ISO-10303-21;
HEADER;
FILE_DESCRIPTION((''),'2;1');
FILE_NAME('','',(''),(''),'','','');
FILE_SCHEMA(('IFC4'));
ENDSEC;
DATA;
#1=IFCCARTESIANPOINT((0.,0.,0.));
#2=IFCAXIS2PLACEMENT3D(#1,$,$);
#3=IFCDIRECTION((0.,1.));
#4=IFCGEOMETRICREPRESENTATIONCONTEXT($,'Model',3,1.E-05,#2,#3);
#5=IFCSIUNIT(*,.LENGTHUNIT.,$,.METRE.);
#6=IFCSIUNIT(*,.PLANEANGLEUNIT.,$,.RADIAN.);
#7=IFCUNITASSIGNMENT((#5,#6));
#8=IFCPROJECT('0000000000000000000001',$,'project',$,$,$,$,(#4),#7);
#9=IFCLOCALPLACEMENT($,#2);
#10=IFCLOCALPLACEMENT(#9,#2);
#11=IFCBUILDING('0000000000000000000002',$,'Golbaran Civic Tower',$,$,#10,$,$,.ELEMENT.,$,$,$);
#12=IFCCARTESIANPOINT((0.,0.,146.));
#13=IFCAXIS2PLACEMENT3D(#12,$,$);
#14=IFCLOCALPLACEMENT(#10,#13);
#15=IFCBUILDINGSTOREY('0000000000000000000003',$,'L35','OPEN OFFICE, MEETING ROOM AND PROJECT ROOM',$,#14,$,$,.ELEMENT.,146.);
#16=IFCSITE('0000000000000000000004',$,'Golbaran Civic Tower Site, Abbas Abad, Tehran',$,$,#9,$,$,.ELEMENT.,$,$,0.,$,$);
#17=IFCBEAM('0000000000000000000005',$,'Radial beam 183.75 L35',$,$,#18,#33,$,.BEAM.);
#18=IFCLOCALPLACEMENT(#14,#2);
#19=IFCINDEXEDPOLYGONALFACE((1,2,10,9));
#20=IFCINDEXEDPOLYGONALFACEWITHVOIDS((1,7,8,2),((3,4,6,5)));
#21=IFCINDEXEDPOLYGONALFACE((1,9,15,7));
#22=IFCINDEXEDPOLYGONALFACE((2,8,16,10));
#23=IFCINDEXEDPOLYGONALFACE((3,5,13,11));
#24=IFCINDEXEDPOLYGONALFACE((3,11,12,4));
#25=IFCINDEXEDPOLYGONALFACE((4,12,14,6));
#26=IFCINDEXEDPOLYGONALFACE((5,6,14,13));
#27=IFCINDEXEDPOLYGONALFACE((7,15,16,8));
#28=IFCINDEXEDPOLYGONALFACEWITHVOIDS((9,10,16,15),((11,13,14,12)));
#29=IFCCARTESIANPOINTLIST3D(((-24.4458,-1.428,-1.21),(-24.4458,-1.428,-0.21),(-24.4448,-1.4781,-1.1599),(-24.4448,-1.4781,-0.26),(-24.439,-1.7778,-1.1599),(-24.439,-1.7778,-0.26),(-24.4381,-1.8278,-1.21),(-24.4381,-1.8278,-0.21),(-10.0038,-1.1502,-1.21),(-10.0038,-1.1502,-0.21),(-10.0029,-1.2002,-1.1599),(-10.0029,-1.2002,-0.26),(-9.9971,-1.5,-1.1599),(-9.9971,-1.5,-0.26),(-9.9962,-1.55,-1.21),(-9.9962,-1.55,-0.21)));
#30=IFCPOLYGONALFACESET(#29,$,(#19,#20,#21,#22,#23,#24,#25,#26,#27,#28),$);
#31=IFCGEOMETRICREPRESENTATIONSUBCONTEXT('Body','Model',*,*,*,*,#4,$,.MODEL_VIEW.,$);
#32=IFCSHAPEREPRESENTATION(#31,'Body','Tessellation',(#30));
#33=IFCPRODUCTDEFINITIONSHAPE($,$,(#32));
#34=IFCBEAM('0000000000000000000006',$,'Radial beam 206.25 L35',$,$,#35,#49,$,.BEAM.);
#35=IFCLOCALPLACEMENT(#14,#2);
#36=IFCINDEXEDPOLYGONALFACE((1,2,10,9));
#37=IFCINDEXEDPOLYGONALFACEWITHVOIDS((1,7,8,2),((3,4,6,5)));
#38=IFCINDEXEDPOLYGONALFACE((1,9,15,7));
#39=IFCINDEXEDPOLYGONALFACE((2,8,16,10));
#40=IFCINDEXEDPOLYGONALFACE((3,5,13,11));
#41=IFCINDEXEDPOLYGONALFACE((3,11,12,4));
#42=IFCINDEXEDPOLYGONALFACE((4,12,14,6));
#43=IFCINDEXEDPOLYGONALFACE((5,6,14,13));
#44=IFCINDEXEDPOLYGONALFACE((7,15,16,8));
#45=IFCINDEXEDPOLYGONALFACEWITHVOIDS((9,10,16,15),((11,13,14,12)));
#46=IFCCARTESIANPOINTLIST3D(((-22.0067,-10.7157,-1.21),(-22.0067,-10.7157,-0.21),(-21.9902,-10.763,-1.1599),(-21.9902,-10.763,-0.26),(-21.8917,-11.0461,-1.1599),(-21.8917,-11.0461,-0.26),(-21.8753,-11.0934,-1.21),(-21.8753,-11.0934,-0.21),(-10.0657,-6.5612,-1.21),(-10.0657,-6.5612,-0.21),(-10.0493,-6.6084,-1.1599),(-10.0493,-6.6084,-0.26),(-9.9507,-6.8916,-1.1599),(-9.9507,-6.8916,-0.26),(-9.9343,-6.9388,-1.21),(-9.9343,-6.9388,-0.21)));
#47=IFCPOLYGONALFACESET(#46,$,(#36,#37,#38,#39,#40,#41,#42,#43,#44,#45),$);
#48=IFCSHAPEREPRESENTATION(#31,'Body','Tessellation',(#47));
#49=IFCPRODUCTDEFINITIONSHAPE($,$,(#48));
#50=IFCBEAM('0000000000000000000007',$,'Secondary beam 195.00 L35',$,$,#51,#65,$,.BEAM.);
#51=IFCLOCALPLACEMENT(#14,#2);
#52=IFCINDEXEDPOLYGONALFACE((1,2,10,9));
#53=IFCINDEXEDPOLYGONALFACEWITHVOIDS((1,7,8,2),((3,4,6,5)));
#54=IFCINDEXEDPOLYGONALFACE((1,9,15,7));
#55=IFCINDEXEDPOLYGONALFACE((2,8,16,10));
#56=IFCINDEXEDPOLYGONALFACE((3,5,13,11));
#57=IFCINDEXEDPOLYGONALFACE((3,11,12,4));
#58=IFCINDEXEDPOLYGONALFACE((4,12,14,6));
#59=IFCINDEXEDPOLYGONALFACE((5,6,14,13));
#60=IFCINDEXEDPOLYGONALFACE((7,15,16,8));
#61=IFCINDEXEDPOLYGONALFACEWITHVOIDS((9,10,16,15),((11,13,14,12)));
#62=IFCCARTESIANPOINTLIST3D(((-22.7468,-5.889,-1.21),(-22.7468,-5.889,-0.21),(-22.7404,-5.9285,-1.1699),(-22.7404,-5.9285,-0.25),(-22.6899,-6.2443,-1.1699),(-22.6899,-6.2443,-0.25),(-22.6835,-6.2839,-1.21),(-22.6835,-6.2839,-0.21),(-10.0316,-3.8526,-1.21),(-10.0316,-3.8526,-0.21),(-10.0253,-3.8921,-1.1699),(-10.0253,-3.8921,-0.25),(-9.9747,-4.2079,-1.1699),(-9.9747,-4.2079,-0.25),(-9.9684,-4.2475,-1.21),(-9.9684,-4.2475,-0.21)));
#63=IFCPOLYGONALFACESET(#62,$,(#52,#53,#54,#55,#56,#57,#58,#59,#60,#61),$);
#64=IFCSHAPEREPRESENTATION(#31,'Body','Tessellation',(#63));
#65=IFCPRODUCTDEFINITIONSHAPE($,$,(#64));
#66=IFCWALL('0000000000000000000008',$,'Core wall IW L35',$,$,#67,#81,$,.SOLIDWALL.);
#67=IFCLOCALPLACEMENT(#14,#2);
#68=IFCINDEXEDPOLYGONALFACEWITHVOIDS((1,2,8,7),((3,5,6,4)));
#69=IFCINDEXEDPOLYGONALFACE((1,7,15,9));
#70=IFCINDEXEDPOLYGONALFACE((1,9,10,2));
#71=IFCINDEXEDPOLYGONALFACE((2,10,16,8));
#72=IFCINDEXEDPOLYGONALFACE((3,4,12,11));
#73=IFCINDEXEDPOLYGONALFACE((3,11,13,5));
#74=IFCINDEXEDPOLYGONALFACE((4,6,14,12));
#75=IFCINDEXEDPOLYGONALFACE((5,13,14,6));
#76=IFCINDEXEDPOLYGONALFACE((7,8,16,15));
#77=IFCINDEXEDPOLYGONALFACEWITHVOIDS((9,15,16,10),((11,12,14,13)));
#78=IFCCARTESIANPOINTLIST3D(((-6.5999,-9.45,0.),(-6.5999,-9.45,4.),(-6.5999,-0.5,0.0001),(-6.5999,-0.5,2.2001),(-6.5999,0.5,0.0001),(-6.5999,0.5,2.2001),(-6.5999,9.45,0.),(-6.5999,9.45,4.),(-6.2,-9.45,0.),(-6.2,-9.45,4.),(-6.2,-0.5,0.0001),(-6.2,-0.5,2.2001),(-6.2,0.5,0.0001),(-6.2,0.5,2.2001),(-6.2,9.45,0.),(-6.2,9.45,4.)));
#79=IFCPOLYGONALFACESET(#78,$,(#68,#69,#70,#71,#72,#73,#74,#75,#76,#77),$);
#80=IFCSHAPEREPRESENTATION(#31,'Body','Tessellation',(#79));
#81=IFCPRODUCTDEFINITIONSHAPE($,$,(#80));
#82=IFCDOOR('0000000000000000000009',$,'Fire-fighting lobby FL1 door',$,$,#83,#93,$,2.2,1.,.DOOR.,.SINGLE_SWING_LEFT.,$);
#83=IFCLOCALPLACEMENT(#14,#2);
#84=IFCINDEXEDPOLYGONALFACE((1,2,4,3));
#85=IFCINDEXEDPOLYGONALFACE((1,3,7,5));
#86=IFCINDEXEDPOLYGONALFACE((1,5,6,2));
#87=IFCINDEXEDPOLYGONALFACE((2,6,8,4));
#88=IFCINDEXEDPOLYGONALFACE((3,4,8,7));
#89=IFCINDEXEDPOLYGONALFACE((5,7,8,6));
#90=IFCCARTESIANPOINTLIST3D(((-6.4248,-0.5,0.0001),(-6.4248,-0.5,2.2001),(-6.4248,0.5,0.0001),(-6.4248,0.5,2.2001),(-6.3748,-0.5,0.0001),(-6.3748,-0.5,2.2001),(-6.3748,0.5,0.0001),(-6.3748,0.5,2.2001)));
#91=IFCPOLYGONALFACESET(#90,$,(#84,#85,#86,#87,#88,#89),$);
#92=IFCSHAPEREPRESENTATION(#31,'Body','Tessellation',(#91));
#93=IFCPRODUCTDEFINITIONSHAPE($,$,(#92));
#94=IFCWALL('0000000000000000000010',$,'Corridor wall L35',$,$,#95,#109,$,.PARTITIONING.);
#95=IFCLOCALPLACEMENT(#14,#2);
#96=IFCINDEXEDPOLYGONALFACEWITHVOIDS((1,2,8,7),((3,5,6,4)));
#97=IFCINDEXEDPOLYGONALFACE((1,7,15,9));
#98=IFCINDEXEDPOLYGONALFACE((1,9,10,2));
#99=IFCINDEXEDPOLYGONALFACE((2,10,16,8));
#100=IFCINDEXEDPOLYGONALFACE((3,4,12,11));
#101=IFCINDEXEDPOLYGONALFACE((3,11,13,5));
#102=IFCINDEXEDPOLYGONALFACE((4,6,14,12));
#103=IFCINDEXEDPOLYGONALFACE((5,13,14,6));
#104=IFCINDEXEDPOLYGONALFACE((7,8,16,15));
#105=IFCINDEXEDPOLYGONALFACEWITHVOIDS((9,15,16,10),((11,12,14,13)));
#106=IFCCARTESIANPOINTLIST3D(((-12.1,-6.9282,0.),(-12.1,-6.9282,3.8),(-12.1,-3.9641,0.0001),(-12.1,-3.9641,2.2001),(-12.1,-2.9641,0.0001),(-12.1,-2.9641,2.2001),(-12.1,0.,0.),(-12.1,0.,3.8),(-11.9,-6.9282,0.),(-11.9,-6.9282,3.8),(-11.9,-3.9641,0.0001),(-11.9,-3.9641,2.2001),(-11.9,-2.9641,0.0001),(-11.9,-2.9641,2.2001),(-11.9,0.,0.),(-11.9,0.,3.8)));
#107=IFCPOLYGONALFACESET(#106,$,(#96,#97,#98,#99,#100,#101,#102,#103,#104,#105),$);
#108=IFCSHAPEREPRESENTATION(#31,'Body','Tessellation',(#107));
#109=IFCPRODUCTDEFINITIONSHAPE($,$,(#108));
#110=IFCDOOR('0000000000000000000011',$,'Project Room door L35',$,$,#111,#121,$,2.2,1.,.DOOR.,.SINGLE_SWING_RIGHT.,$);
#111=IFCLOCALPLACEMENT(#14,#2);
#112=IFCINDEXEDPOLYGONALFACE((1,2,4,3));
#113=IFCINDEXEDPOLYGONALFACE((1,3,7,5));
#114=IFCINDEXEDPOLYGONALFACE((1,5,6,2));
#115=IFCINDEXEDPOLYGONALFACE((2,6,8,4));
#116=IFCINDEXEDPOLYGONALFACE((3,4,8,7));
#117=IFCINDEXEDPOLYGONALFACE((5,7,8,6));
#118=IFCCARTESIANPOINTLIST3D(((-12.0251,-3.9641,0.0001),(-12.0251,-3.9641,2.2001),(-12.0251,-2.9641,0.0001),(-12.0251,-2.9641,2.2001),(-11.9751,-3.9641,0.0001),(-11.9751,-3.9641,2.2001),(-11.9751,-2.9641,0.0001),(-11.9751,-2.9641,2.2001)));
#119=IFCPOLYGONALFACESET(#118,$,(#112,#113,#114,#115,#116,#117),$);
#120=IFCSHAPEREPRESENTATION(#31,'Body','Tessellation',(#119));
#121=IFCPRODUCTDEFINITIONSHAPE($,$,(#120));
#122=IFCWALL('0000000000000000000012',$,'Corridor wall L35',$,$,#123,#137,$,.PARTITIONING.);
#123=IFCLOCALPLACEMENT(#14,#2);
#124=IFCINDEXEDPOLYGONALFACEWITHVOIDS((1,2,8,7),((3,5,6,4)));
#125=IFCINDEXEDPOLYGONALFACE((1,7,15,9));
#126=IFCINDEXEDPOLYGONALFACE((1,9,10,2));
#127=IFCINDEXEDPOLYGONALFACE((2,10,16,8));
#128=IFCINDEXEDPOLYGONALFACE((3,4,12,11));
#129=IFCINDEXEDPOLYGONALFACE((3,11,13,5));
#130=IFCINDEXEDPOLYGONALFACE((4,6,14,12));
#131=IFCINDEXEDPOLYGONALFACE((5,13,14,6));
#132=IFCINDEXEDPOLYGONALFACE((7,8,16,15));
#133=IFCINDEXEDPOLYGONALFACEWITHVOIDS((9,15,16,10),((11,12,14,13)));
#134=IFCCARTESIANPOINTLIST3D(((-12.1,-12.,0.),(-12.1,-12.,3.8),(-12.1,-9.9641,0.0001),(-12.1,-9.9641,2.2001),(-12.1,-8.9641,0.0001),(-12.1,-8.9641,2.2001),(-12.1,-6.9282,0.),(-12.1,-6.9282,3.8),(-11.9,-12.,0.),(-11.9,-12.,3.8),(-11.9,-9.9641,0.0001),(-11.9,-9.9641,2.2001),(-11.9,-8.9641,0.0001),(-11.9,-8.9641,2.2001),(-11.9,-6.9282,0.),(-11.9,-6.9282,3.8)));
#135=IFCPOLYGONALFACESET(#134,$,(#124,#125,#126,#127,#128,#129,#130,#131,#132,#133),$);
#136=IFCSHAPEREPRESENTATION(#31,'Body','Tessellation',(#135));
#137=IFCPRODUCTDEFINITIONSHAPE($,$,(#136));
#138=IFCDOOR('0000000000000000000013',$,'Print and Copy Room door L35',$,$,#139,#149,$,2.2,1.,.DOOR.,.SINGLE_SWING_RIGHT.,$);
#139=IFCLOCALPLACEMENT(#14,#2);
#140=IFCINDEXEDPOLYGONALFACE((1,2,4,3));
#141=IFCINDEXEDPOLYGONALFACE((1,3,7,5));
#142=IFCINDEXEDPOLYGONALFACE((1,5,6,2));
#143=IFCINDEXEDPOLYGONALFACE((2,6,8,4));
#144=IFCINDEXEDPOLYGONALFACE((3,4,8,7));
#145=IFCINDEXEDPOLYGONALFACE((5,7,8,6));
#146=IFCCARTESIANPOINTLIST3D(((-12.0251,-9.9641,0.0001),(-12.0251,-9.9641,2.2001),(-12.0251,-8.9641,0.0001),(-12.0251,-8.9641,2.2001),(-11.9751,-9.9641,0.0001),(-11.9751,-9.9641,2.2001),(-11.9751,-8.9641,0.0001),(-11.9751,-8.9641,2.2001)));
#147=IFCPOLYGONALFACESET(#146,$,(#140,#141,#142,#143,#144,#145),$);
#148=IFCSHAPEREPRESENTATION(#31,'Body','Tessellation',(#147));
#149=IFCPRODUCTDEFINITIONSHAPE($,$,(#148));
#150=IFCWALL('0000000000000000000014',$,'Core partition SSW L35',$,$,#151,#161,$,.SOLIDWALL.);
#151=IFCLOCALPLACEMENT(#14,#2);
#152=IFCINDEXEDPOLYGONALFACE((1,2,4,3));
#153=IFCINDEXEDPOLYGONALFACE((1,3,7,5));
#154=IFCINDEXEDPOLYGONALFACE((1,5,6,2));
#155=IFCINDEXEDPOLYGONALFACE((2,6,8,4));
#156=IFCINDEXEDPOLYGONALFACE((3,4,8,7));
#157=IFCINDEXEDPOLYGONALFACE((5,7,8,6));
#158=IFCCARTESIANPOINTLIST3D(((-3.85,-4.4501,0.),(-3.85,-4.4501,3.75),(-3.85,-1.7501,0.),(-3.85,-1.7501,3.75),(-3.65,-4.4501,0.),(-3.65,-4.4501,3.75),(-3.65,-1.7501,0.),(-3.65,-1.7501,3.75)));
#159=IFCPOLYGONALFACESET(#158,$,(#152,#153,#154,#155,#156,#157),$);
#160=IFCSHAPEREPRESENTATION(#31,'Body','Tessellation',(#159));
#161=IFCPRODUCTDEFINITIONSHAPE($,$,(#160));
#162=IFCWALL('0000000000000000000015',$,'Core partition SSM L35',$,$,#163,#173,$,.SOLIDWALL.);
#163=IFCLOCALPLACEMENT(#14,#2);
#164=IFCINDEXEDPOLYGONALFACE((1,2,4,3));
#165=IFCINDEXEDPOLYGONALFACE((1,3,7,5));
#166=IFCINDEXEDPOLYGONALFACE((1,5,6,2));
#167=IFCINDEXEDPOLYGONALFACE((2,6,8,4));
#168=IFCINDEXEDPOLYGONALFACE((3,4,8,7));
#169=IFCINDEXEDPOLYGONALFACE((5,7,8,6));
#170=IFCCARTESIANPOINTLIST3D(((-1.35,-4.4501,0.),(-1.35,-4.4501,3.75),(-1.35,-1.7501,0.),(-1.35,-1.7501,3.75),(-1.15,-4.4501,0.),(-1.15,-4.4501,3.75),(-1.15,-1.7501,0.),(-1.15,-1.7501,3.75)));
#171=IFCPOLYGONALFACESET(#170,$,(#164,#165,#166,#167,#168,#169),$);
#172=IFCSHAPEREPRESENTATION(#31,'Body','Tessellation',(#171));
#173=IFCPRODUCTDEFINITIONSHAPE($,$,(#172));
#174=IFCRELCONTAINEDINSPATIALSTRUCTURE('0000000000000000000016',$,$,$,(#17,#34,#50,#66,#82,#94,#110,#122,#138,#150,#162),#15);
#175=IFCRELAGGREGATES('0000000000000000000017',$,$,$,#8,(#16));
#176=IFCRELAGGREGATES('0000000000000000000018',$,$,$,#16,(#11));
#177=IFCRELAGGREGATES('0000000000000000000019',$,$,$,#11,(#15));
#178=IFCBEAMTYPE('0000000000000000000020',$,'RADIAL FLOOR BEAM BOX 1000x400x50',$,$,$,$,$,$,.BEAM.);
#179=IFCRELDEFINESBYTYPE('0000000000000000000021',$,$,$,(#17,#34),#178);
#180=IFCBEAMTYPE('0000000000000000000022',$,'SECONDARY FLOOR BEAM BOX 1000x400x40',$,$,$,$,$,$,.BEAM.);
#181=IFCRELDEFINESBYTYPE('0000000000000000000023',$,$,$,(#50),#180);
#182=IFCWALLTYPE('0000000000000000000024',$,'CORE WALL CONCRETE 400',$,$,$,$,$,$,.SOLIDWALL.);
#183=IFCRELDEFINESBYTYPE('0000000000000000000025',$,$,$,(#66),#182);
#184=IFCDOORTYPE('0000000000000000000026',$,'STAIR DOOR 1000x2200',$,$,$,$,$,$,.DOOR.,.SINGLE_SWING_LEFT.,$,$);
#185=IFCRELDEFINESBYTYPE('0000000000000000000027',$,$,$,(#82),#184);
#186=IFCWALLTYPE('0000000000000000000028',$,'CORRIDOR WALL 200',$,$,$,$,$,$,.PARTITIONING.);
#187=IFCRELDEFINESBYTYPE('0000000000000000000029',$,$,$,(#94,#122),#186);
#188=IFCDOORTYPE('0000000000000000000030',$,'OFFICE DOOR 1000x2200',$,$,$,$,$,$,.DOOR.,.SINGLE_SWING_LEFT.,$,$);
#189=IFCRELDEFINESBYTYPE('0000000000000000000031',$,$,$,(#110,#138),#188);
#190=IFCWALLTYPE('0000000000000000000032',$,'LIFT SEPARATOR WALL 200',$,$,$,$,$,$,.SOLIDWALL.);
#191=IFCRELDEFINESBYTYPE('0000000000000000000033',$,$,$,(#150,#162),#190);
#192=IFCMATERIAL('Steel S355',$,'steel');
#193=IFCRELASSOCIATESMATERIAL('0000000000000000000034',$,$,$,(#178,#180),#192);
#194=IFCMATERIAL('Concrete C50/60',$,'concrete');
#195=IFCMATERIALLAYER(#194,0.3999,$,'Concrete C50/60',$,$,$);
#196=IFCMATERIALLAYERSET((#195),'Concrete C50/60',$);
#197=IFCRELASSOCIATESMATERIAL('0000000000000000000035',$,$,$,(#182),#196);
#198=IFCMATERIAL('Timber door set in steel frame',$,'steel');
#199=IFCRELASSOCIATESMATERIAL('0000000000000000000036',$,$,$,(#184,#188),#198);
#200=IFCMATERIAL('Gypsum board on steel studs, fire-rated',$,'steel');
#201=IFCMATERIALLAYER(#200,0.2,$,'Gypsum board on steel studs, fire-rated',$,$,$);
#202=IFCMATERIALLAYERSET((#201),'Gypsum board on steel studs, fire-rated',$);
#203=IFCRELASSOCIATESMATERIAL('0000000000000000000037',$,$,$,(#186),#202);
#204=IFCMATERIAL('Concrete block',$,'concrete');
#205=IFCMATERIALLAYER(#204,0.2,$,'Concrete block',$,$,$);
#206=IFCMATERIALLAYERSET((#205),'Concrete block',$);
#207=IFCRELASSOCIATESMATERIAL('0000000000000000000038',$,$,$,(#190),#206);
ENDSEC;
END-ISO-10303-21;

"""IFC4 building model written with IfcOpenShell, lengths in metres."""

from ifc_helpers import new_model, si_unit, direction, frame, frame_2d, origin, origin_2d, place, context, subcontext, project, spatial, rectangle, hollow_rectangle, extrude, material, layer, layer_set, material_profile, profile_set, type_object, element, fill, save


model = new_model("IFC4")

# Units and contexts
model_context = context("Model", 3, precision=1e-05, world=origin(), true_north=direction((0.0, 1.0)))
body_context = subcontext(model_context, "Body", "Model", "MODEL_VIEW")
ifc_project = project(units=[si_unit("LENGTHUNIT", "METRE"), si_unit("PLANEANGLEUNIT", "RADIAN")], contexts=[model_context])

# Site, building, storey
site_placement = place(None, origin())
site = spatial("IfcSite", under=ifc_project, at=site_placement, Name="Golbaran Civic Tower Site, Abbas Abad, Tehran", CompositionType="ELEMENT", RefElevation=0.0)
building_placement = place(site_placement, origin())
building = spatial("IfcBuilding", under=site, at=building_placement, Name="Golbaran Civic Tower", CompositionType="ELEMENT")
storey_placement = place(building_placement, frame((0.0, 0.0, 146.0)))
storey = spatial("IfcBuildingStorey", under=building, at=storey_placement, Name="L35", Description="OPEN OFFICE, MEETING ROOM AND PROJECT ROOM", CompositionType="ELEMENT", Elevation=146.0)

# Beams
ifc_material_1 = material(Name="Steel S355", Category="steel")
ifc_material_profile_1 = material_profile(ifc_material_1, hollow_rectangle(XDim=0.3999, YDim=1.0, WallThickness=0.05, at=origin_2d()), Name="BOX 1000x400x50")
ifc_profile_set_1 = profile_set([ifc_material_profile_1], Name="Steel S355")
beam_type_1 = type_object("IfcBeamType", Name="RADIAL FLOOR BEAM BOX 1000x400x50", PredefinedType="BEAM", material=ifc_profile_set_1)
beam_1_placement = place(storey_placement, frame((-10.0, -1.3501, -0.71), z_axis=(-0.999815, -0.019234, 0.0), x_axis=(0.019234, -0.999815, 0.0)))
element("IfcBeam", 1, at=beam_1_placement, inside=storey, type_object=beam_type_1, Name="Radial beam 183.75 L35", PredefinedType="BEAM", context=body_context, shape_type="SweptSolid", body=[
    extrude(hollow_rectangle(XDim=0.3999, YDim=1.0, WallThickness=0.05, at=origin_2d()), origin(), (0.0, 0.0, 1.0), 14.4446),
])
beam_2_placement = place(storey_placement, frame((-10.0, -6.75, -0.71), z_axis=(-0.944468, -0.328604, 0.0), x_axis=(0.328604, -0.944468, 0.0)))
element("IfcBeam", 2, at=beam_2_placement, inside=storey, type_object=beam_type_1, Name="Radial beam 206.25 L35", PredefinedType="BEAM", context=body_context, shape_type="SweptSolid", body=[
    extrude(hollow_rectangle(XDim=0.3999, YDim=1.0, WallThickness=0.05, at=origin_2d()), origin(), (0.0, 0.0, 1.0), 12.6431),
])
ifc_material_profile_2 = material_profile(ifc_material_1, hollow_rectangle(XDim=0.3999, YDim=1.0, WallThickness=0.04, at=origin_2d()), Name="BOX 1000x400x40")
ifc_profile_set_2 = profile_set([ifc_material_profile_2], Name="Steel S355")
beam_type_2 = type_object("IfcBeamType", Name="SECONDARY FLOOR BEAM BOX 1000x400x40", PredefinedType="BEAM", material=ifc_profile_set_2)
beam_3_placement = place(storey_placement, frame((-10.0, -4.05, -0.71), z_axis=(-0.987417, -0.158139, 0.0), x_axis=(0.158139, -0.987417, 0.0)))
element("IfcBeam", 3, at=beam_3_placement, inside=storey, type_object=beam_type_2, Name="Secondary beam 195.00 L35", PredefinedType="BEAM", context=body_context, shape_type="SweptSolid", body=[
    extrude(hollow_rectangle(XDim=0.3999, YDim=1.0, WallThickness=0.04, at=origin_2d()), origin(), (0.0, 0.0, 1.0), 12.8772),
])

# Walls, openings, doors
ifc_material_2 = material(Name="Concrete C50/60", Category="concrete")
ifc_layer_1 = layer(ifc_material_2, 0.3999, Name="Concrete C50/60")
ifc_layer_set_1 = layer_set([ifc_layer_1], Name="Concrete C50/60")
wall_type_1 = type_object("IfcWallType", Name="CORE WALL CONCRETE 400", PredefinedType="SOLIDWALL", material=ifc_layer_set_1)
wall_1_placement = place(storey_placement, frame((-6.3999, -9.45, 0.0), z_axis=(0.0, 0.0, 1.0), x_axis=(0.0, 1.0, 0.0)))
wall_1 = element("IfcWall", 4, at=wall_1_placement, inside=storey, type_object=wall_type_1, Name="Core wall IW L35", PredefinedType="SOLIDWALL", context=body_context, shape_type="SweptSolid", body=[
    extrude(rectangle(XDim=18.8999, YDim=0.3999, at=frame_2d((9.45, 0.0))), origin(), (0.0, 0.0, 1.0), 4.0),
])
opening_1_placement = place(wall_1_placement, frame((8.95, 0.0, 0.0)))
opening_1 = element("IfcOpeningElement", 5, at=opening_1_placement, cuts=wall_1, PredefinedType="OPENING", context=body_context, shape_type="SweptSolid", body=[
    extrude(rectangle(XDim=1.0, YDim=2.2, at=frame_2d((0.5, 1.1001))), frame((0.0, 0.21, 0.0), z_axis=(0.0, -1.0, 0.0), x_axis=(1.0, 0.0, 0.0)), (0.0, 0.0, 1.0), 0.4199),
])
ifc_material_3 = material(Name="Timber door set in steel frame", Category="steel")
door_type_1 = type_object("IfcDoorType", Name="STAIR DOOR 1000x2200", OperationType="SINGLE_SWING_LEFT", PredefinedType="DOOR", material=ifc_material_3)
door_1_placement = place(opening_1_placement, origin())
door_1 = element("IfcDoor", 6, at=door_1_placement, inside=storey, type_object=door_type_1, Name="Fire-fighting lobby FL1 door", OperationType="SINGLE_SWING_LEFT", OverallHeight=2.2, OverallWidth=1.0, PredefinedType="DOOR", context=body_context, shape_type="SweptSolid", body=[
    extrude(rectangle(XDim=1.0, YDim=2.2, at=frame_2d((0.5, 1.1001))), frame((0.0, 0.0249, 0.0), z_axis=(0.0, -1.0, 0.0), x_axis=(1.0, 0.0, 0.0)), (0.0, 0.0, 1.0), 0.05),
])
fill(opening_1, door_1)
ifc_material_4 = material(Name="Gypsum board on steel studs, fire-rated", Category="steel")
ifc_layer_2 = layer(ifc_material_4, 0.2, Name="Gypsum board on steel studs, fire-rated")
ifc_layer_set_2 = layer_set([ifc_layer_2], Name="Gypsum board on steel studs, fire-rated")
wall_type_2 = type_object("IfcWallType", Name="CORRIDOR WALL 200", PredefinedType="PARTITIONING", material=ifc_layer_set_2)
wall_2_placement = place(storey_placement, frame((-12.0, 0.0, 0.0), z_axis=(0.0, 0.0, 1.0), x_axis=(0.0, -1.0, 0.0)))
wall_2 = element("IfcWall", 7, at=wall_2_placement, inside=storey, type_object=wall_type_2, Name="Corridor wall L35", PredefinedType="PARTITIONING", context=body_context, shape_type="SweptSolid", body=[
    extrude(rectangle(XDim=6.9282, YDim=0.2, at=frame_2d((3.4641, 0.0))), origin(), (0.0, 0.0, 1.0), 3.8),
])
opening_2_placement = place(wall_2_placement, frame((2.9641, 0.0, 0.0)))
opening_2 = element("IfcOpeningElement", 8, at=opening_2_placement, cuts=wall_2, PredefinedType="OPENING", context=body_context, shape_type="SweptSolid", body=[
    extrude(rectangle(XDim=1.0, YDim=2.2, at=frame_2d((0.5, 1.1001))), frame((0.0, 0.1099, 0.0), z_axis=(0.0, -1.0, 0.0), x_axis=(1.0, 0.0, 0.0)), (0.0, 0.0, 1.0), 0.22),
])
door_type_2 = type_object("IfcDoorType", Name="OFFICE DOOR 1000x2200", OperationType="SINGLE_SWING_LEFT", PredefinedType="DOOR", material=ifc_material_3)
door_2_placement = place(opening_2_placement, origin())
door_2 = element("IfcDoor", 9, at=door_2_placement, inside=storey, type_object=door_type_2, Name="Project Room door L35", OperationType="SINGLE_SWING_RIGHT", OverallHeight=2.2, OverallWidth=1.0, PredefinedType="DOOR", context=body_context, shape_type="SweptSolid", body=[
    extrude(rectangle(XDim=1.0, YDim=2.2, at=frame_2d((0.5, 1.1001))), frame((0.0, 0.0249, 0.0), z_axis=(0.0, -1.0, 0.0), x_axis=(1.0, 0.0, 0.0)), (0.0, 0.0, 1.0), 0.05),
])
fill(opening_2, door_2)
wall_3_placement = place(storey_placement, frame((-12.0, -6.9282, 0.0), z_axis=(0.0, 0.0, 1.0), x_axis=(0.0, -1.0, 0.0)))
wall_3 = element("IfcWall", 10, at=wall_3_placement, inside=storey, type_object=wall_type_2, Name="Corridor wall L35", PredefinedType="PARTITIONING", context=body_context, shape_type="SweptSolid", body=[
    extrude(rectangle(XDim=5.0718, YDim=0.2, at=frame_2d((2.5359, 0.0))), origin(), (0.0, 0.0, 1.0), 3.8),
])
opening_3_placement = place(wall_3_placement, frame((2.0359, 0.0, 0.0)))
opening_3 = element("IfcOpeningElement", 11, at=opening_3_placement, cuts=wall_3, PredefinedType="OPENING", context=body_context, shape_type="SweptSolid", body=[
    extrude(rectangle(XDim=1.0, YDim=2.2, at=frame_2d((0.5, 1.1001))), frame((0.0, 0.1099, 0.0), z_axis=(0.0, -1.0, 0.0), x_axis=(1.0, 0.0, 0.0)), (0.0, 0.0, 1.0), 0.22),
])
door_3_placement = place(opening_3_placement, origin())
door_3 = element("IfcDoor", 12, at=door_3_placement, inside=storey, type_object=door_type_2, Name="Print and Copy Room door L35", OperationType="SINGLE_SWING_RIGHT", OverallHeight=2.2, OverallWidth=1.0, PredefinedType="DOOR", context=body_context, shape_type="SweptSolid", body=[
    extrude(rectangle(XDim=1.0, YDim=2.2, at=frame_2d((0.5, 1.1001))), frame((0.0, 0.0249, 0.0), z_axis=(0.0, -1.0, 0.0), x_axis=(1.0, 0.0, 0.0)), (0.0, 0.0, 1.0), 0.05),
])
fill(opening_3, door_3)

# Walls
ifc_material_5 = material(Name="Concrete block", Category="concrete")
ifc_layer_3 = layer(ifc_material_5, 0.2, Name="Concrete block")
ifc_layer_set_3 = layer_set([ifc_layer_3], Name="Concrete block")
wall_type_3 = type_object("IfcWallType", Name="LIFT SEPARATOR WALL 200", PredefinedType="SOLIDWALL", material=ifc_layer_set_3)
for number, where, z_axis, x_axis, name in (
    (13, (-3.75, -1.75, 0.0), (0.0, 0.0, 1.0), (0.0, -1.0, 0.0), "Core partition SSW L35"),
    (14, (-1.25, -1.75, 0.0), (0.0, 0.0, 1.0), (0.0, -1.0, 0.0), "Core partition SSM L35"),
):
    element("IfcWall", number, at=place(storey_placement, frame(where, z_axis=z_axis, x_axis=x_axis)), inside=storey, type_object=wall_type_3, Name=name, PredefinedType="SOLIDWALL", context=body_context, shape_type="SweptSolid", body=[
        extrude(rectangle(XDim=2.7, YDim=0.2, at=frame_2d((1.3501, 0.0))), origin(), (0.0, 0.0, 1.0), 3.75),
    ])

save(model, "model.ifc")
